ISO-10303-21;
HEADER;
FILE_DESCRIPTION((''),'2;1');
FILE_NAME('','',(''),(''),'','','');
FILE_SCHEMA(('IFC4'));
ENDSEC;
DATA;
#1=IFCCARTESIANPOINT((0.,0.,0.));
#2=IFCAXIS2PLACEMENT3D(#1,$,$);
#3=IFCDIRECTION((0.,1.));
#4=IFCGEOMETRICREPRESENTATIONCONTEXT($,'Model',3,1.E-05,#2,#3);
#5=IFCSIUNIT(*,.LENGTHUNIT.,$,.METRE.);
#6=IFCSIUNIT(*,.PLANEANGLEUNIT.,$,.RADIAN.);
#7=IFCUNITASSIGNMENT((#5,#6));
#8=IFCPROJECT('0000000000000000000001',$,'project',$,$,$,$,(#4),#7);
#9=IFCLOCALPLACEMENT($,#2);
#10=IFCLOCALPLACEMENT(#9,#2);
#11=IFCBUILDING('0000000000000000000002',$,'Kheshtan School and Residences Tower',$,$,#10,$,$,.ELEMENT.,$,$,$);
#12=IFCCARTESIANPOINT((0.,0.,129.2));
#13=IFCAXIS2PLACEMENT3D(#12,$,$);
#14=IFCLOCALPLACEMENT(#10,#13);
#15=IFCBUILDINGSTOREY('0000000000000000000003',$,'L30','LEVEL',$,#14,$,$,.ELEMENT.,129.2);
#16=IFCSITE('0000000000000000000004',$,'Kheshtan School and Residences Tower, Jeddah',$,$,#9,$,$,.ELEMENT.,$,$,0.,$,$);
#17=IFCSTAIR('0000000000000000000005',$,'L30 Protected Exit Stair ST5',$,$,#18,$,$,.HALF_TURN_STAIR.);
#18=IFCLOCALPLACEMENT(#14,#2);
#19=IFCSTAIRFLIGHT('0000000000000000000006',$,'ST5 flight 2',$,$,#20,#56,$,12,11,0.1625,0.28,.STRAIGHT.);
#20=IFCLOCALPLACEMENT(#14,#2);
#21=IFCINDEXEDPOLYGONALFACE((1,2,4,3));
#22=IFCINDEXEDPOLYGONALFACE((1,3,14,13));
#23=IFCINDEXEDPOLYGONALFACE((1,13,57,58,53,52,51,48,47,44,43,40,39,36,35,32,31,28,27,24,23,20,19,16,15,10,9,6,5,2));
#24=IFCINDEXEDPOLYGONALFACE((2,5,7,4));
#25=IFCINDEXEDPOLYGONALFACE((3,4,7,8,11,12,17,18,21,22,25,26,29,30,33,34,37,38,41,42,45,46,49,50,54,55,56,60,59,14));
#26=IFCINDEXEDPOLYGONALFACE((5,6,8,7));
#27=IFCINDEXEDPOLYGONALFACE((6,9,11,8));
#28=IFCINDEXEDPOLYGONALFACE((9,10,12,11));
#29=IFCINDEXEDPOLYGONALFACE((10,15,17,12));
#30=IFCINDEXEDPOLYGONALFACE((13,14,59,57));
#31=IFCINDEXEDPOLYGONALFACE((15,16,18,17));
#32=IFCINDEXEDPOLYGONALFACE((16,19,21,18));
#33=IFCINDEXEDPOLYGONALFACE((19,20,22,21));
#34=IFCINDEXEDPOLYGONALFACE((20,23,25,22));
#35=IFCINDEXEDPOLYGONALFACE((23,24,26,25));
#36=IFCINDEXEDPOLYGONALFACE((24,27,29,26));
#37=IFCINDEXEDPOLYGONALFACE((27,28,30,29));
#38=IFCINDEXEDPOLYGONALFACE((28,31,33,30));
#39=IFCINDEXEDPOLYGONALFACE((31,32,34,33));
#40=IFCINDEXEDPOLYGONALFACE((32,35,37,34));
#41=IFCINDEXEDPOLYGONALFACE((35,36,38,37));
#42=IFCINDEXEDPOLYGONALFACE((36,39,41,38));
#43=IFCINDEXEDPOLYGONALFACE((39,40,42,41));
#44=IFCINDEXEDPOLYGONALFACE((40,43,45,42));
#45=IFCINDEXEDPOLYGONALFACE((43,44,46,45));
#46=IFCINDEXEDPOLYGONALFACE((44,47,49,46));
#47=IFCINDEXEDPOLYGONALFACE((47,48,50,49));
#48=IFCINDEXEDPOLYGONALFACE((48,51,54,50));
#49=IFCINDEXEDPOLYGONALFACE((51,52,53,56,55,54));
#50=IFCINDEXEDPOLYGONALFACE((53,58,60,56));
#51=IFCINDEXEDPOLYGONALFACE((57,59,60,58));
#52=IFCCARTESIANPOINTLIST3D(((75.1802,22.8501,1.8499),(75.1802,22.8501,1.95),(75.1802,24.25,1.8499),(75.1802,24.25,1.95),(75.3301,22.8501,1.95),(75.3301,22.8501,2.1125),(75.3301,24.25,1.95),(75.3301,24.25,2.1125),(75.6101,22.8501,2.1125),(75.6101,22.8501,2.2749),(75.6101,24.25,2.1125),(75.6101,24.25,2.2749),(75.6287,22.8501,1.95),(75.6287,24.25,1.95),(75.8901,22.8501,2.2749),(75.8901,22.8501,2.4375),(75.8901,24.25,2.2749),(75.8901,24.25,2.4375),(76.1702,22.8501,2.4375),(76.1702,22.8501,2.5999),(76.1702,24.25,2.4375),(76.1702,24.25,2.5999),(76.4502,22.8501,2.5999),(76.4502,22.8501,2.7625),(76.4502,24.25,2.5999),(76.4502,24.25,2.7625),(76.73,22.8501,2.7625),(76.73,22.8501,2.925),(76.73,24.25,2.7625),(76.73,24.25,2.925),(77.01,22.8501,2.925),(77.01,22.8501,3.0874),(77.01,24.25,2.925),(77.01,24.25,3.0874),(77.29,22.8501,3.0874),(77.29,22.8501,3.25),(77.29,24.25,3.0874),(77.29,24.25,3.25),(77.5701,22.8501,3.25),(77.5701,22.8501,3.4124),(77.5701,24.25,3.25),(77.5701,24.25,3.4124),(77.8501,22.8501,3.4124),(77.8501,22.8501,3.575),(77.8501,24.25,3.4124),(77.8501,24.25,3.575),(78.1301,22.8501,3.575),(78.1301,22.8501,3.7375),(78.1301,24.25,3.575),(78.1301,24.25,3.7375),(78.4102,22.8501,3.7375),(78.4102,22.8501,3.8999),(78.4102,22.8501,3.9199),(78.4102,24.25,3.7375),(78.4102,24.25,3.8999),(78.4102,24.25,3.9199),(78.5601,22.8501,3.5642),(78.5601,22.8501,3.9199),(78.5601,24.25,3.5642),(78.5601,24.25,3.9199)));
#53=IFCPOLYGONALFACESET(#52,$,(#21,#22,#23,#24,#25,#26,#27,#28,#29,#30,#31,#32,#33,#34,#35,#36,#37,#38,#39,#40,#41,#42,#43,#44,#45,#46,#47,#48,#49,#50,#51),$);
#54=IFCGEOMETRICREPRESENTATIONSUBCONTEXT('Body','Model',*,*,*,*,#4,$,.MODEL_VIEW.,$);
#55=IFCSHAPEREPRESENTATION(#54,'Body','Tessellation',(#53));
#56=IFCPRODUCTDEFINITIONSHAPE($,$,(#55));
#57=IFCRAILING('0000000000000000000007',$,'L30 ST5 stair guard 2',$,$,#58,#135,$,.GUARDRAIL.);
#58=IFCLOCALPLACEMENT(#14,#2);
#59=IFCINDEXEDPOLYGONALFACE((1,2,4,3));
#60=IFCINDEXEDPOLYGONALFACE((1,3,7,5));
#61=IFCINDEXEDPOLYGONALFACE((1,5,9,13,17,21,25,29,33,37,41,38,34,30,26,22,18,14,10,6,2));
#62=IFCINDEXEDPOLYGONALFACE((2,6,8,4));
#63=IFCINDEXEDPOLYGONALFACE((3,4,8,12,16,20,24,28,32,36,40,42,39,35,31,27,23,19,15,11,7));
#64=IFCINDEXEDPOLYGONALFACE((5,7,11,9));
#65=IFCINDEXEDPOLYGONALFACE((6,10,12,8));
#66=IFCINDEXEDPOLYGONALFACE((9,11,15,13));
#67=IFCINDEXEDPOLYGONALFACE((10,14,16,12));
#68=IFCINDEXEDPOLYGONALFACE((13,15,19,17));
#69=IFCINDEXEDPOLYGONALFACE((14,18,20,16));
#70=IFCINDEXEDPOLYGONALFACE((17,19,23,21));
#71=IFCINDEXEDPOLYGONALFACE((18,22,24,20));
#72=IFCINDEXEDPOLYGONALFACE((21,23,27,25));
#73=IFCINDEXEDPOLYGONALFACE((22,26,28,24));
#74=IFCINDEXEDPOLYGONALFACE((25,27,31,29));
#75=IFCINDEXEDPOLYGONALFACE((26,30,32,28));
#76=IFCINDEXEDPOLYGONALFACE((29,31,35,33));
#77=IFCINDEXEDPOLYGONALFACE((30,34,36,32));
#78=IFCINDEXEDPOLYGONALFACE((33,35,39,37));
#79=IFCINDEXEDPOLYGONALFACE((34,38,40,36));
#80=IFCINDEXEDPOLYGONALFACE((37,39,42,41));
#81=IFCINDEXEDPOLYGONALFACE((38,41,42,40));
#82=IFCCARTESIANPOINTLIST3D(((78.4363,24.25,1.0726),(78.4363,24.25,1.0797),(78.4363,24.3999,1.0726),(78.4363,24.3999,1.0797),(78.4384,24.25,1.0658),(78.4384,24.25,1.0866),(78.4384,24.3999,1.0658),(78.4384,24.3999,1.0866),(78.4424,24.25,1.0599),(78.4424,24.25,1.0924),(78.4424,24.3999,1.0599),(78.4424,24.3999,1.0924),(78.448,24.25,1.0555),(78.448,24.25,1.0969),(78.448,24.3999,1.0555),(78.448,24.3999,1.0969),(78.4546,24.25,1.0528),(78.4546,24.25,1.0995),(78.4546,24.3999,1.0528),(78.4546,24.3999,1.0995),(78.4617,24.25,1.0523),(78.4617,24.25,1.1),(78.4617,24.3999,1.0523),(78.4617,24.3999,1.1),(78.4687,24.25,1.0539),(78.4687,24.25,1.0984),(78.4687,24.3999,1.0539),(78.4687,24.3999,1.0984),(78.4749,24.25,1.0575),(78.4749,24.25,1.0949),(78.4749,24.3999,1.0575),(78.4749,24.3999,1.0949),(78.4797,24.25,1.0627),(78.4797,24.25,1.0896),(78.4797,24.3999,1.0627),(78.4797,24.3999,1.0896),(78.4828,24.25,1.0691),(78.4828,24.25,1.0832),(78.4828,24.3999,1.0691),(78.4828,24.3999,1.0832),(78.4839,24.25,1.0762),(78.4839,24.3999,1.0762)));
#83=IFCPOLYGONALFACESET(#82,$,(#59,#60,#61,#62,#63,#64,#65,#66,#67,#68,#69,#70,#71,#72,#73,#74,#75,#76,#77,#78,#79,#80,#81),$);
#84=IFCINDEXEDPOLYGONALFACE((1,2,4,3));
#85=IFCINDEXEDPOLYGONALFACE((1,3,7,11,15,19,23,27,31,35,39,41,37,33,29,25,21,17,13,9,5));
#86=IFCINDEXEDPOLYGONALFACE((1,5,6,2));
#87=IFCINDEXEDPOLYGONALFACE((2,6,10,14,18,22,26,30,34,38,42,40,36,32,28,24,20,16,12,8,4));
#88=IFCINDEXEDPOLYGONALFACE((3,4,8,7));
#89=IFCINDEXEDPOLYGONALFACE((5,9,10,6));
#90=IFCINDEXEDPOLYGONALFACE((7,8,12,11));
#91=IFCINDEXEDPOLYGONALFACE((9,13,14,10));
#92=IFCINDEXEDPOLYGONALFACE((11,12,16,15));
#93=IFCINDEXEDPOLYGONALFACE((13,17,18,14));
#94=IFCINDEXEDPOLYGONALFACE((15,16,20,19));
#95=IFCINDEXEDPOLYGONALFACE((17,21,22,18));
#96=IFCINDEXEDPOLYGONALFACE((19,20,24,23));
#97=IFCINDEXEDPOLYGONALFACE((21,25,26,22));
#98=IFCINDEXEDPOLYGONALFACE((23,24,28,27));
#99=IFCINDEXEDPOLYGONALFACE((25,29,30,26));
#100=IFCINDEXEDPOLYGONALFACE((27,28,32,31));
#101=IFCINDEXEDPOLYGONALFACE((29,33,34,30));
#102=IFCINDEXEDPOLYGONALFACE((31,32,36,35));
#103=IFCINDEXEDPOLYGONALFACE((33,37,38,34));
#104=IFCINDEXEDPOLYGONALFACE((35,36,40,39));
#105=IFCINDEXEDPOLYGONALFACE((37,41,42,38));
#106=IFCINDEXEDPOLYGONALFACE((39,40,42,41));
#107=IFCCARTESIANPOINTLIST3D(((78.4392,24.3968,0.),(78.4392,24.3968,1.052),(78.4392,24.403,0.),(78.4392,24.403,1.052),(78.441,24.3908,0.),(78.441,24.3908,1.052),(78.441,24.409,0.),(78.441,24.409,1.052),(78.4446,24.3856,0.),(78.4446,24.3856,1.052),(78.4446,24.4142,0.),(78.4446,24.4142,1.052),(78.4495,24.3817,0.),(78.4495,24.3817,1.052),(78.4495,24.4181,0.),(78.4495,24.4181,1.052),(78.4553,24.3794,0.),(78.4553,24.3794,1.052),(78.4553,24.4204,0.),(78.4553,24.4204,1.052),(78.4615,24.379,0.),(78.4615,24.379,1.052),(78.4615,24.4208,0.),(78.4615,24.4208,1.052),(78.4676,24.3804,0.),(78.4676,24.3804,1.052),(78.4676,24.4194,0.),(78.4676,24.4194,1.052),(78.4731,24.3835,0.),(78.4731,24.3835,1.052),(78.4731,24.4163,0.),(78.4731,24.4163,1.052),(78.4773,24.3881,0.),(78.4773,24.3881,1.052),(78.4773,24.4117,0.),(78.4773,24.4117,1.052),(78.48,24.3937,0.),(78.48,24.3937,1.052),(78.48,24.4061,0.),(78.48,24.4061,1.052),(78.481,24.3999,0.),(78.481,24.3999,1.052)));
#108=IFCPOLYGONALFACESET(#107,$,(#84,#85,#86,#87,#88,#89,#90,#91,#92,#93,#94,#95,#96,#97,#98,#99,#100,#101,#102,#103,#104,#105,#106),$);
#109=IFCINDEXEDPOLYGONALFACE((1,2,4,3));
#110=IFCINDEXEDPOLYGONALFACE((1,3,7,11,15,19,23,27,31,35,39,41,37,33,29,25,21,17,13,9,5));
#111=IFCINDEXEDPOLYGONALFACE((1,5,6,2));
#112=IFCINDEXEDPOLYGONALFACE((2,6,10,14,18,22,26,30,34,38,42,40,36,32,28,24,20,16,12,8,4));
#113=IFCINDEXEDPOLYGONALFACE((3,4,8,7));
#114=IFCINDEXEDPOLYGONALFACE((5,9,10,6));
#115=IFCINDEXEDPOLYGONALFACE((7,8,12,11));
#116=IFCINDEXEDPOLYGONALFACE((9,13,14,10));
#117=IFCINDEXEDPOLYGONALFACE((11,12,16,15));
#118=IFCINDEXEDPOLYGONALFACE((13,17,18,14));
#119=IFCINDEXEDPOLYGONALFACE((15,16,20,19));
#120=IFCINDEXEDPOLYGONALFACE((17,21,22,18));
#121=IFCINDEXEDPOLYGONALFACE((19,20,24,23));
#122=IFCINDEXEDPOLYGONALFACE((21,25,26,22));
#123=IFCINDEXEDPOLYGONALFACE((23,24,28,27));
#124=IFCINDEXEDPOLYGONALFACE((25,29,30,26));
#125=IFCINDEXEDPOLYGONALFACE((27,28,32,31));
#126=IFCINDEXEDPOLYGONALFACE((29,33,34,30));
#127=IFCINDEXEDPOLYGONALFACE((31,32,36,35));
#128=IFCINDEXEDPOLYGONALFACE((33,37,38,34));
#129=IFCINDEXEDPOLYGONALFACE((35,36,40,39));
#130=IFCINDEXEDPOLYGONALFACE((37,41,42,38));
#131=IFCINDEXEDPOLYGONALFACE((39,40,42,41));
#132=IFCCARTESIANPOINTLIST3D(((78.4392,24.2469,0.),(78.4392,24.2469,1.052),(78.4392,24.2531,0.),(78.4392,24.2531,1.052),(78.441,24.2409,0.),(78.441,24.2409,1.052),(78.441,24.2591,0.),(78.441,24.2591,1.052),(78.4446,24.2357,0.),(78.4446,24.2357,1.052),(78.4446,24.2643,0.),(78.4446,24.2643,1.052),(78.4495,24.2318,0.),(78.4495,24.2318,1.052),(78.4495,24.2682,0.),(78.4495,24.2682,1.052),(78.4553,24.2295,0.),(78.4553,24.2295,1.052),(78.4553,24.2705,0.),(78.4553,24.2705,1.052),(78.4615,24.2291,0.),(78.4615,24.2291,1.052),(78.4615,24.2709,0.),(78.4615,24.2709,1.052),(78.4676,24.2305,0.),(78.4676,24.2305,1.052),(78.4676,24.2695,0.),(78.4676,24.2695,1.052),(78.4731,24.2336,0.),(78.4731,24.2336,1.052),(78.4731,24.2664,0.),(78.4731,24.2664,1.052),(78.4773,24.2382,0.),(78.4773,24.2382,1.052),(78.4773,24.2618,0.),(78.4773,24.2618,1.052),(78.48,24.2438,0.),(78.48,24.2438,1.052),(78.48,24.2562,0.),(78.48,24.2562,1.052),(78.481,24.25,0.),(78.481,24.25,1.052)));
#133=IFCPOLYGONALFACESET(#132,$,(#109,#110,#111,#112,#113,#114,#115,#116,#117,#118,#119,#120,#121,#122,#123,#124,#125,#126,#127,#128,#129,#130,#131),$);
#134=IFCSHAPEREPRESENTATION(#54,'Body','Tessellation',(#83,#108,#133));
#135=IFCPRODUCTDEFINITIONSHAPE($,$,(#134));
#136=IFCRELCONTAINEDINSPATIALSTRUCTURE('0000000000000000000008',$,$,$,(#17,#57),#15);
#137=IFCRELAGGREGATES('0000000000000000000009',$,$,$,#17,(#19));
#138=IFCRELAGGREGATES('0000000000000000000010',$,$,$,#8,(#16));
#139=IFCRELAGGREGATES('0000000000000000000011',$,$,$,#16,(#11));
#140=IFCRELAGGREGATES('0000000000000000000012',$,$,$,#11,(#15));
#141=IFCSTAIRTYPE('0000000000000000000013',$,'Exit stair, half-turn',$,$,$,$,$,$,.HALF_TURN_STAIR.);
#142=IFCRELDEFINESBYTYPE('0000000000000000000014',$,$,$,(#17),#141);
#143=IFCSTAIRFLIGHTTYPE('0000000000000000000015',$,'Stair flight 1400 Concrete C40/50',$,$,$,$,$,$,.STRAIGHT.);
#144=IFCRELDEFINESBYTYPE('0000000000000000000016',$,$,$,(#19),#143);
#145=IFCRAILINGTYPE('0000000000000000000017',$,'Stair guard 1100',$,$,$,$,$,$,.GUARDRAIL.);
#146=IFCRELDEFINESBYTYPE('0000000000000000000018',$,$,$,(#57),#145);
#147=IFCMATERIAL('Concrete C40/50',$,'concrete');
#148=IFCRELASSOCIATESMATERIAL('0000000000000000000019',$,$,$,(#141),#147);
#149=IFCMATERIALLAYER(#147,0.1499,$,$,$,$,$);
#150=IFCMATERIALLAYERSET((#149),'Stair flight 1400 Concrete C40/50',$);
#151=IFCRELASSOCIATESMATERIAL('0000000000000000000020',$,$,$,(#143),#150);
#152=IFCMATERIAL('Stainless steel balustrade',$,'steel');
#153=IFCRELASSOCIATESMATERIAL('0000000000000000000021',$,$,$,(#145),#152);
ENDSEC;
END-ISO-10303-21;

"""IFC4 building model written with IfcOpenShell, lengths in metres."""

from ifc_helpers import new_model, si_unit, direction, frame, origin, origin_2d, place, context, subcontext, project, spatial, polyline, circle, outline, extrude, material, layer, layer_set, type_object, element, aggregate, save


model = new_model("IFC4")

# Units and contexts
model_context = context("Model", 3, precision=1e-05, world=origin(), true_north=direction((0.0, 1.0)))
body_context = subcontext(model_context, "Body", "Model", "MODEL_VIEW")
ifc_project = project(units=[si_unit("LENGTHUNIT", "METRE"), si_unit("PLANEANGLEUNIT", "RADIAN")], contexts=[model_context])

# Site, building, storey
site_placement = place(None, origin())
site = spatial("IfcSite", under=ifc_project, at=site_placement, Name="Kheshtan School and Residences Tower, Jeddah", CompositionType="ELEMENT", RefElevation=0.0)
building_placement = place(site_placement, origin())
building = spatial("IfcBuilding", under=site, at=building_placement, Name="Kheshtan School and Residences Tower", CompositionType="ELEMENT")
storey_placement = place(building_placement, frame((0.0, 0.0, 129.2)))
storey = spatial("IfcBuildingStorey", under=building, at=storey_placement, Name="L30", Description="LEVEL", CompositionType="ELEMENT", Elevation=129.2)

# Shared definitions
ifc_material_1 = material(Name="Concrete C40/50", Category="concrete")

# Shared definitions
stair_type = type_object("IfcStairType", Name="Exit stair, half-turn", PredefinedType="HALF_TURN_STAIR", material=ifc_material_1)
ifc_layer_1 = layer(ifc_material_1, 0.1499)
ifc_layer_set_1 = layer_set([ifc_layer_1], Name="Stair flight 1400 Concrete C40/50")
stair_flight_type = type_object("IfcStairFlightType", Name="Stair flight 1400 Concrete C40/50", PredefinedType="STRAIGHT", material=ifc_layer_set_1)

# Stair, stair flight
stair_1_placement = place(storey_placement, origin())
stair_1 = element("IfcStair", 1, at=stair_1_placement, inside=storey, type_object=stair_type, Name="L30 Protected Exit Stair ST5", PredefinedType="HALF_TURN_STAIR")
stair_flight_1_placement = place(storey_placement, frame((75.3301, 23.55, 1.95), z_axis=(0.0, 0.0, 1.0), x_axis=(1.0, 0.0, 0.0)))
stair_flight_1 = element("IfcStairFlight", 2, at=stair_flight_1_placement, type_object=stair_flight_type, Name="ST5 flight 2", NumberOfRisers=12, NumberOfTreads=11, PredefinedType="STRAIGHT", RiserHeight=0.1625, TreadLength=0.28, context=body_context, shape_type="SweptSolid", body=[
    extrude(outline(polyline([(-0.1499, -0.1001), (-0.1499, 0.0), (0.0, 0.0), (0.0, 0.1626), (0.28, 0.1626), (0.28, 0.325), (0.5601, 0.325), (0.5601, 0.4875), (0.8401, 0.4875), (0.8401, 0.6499), (1.1201, 0.6499), (1.1201, 0.8125), (1.3999, 0.8125), (1.3999, 0.9751), (1.6799, 0.9751), (1.6799, 1.1375), (1.96, 1.1375), (1.96, 1.3), (2.24, 1.3), (2.24, 1.4624), (2.52, 1.4624), (2.52, 1.625), (2.8, 1.625), (2.8, 1.7876), (3.0801, 1.7876), (3.0801, 1.95), (3.0801, 1.97), (3.23, 1.97), (3.23, 1.6143), (0.2986, 0.0), (-0.1499, -0.1001)])), frame((0.0, 0.7, 0.0), z_axis=(0.0, -1.0, 0.0), x_axis=(1.0, 0.0, 0.0)), (0.0, 0.0, 1.0), 1.3999),
])
aggregate(stair_1, [stair_flight_1])

# Railing
ifc_material_2 = material(Name="Stainless steel balustrade", Category="steel")
railing_type_1 = type_object("IfcRailingType", Name="Stair guard 1100", PredefinedType="GUARDRAIL", material=ifc_material_2)
railing_1_placement = place(storey_placement, frame((78.46, 24.3999, 0.0)))
element("IfcRailing", 3, at=railing_1_placement, inside=storey, type_object=railing_type_1, Name="L30 ST5 stair guard 2", PredefinedType="GUARDRAIL", context=body_context, shape_type="SweptSolid", body=[
    extrude(circle(Radius=0.0239, at=origin_2d()), frame((0.0, 0.0, 1.0762), z_axis=(0.0, -1.0, 0.0), x_axis=(1.0, 0.0, 0.0)), (0.0, 0.0, 1.0), 0.1499),
    extrude(circle(Radius=0.021, at=origin_2d()), origin(), (0.0, 0.0, 1.0), 1.052),
    extrude(circle(Radius=0.021, at=origin_2d()), frame((0.0, -0.1499, 0.0)), (0.0, 0.0, 1.0), 1.052),
])

save(model, "model.ifc")
